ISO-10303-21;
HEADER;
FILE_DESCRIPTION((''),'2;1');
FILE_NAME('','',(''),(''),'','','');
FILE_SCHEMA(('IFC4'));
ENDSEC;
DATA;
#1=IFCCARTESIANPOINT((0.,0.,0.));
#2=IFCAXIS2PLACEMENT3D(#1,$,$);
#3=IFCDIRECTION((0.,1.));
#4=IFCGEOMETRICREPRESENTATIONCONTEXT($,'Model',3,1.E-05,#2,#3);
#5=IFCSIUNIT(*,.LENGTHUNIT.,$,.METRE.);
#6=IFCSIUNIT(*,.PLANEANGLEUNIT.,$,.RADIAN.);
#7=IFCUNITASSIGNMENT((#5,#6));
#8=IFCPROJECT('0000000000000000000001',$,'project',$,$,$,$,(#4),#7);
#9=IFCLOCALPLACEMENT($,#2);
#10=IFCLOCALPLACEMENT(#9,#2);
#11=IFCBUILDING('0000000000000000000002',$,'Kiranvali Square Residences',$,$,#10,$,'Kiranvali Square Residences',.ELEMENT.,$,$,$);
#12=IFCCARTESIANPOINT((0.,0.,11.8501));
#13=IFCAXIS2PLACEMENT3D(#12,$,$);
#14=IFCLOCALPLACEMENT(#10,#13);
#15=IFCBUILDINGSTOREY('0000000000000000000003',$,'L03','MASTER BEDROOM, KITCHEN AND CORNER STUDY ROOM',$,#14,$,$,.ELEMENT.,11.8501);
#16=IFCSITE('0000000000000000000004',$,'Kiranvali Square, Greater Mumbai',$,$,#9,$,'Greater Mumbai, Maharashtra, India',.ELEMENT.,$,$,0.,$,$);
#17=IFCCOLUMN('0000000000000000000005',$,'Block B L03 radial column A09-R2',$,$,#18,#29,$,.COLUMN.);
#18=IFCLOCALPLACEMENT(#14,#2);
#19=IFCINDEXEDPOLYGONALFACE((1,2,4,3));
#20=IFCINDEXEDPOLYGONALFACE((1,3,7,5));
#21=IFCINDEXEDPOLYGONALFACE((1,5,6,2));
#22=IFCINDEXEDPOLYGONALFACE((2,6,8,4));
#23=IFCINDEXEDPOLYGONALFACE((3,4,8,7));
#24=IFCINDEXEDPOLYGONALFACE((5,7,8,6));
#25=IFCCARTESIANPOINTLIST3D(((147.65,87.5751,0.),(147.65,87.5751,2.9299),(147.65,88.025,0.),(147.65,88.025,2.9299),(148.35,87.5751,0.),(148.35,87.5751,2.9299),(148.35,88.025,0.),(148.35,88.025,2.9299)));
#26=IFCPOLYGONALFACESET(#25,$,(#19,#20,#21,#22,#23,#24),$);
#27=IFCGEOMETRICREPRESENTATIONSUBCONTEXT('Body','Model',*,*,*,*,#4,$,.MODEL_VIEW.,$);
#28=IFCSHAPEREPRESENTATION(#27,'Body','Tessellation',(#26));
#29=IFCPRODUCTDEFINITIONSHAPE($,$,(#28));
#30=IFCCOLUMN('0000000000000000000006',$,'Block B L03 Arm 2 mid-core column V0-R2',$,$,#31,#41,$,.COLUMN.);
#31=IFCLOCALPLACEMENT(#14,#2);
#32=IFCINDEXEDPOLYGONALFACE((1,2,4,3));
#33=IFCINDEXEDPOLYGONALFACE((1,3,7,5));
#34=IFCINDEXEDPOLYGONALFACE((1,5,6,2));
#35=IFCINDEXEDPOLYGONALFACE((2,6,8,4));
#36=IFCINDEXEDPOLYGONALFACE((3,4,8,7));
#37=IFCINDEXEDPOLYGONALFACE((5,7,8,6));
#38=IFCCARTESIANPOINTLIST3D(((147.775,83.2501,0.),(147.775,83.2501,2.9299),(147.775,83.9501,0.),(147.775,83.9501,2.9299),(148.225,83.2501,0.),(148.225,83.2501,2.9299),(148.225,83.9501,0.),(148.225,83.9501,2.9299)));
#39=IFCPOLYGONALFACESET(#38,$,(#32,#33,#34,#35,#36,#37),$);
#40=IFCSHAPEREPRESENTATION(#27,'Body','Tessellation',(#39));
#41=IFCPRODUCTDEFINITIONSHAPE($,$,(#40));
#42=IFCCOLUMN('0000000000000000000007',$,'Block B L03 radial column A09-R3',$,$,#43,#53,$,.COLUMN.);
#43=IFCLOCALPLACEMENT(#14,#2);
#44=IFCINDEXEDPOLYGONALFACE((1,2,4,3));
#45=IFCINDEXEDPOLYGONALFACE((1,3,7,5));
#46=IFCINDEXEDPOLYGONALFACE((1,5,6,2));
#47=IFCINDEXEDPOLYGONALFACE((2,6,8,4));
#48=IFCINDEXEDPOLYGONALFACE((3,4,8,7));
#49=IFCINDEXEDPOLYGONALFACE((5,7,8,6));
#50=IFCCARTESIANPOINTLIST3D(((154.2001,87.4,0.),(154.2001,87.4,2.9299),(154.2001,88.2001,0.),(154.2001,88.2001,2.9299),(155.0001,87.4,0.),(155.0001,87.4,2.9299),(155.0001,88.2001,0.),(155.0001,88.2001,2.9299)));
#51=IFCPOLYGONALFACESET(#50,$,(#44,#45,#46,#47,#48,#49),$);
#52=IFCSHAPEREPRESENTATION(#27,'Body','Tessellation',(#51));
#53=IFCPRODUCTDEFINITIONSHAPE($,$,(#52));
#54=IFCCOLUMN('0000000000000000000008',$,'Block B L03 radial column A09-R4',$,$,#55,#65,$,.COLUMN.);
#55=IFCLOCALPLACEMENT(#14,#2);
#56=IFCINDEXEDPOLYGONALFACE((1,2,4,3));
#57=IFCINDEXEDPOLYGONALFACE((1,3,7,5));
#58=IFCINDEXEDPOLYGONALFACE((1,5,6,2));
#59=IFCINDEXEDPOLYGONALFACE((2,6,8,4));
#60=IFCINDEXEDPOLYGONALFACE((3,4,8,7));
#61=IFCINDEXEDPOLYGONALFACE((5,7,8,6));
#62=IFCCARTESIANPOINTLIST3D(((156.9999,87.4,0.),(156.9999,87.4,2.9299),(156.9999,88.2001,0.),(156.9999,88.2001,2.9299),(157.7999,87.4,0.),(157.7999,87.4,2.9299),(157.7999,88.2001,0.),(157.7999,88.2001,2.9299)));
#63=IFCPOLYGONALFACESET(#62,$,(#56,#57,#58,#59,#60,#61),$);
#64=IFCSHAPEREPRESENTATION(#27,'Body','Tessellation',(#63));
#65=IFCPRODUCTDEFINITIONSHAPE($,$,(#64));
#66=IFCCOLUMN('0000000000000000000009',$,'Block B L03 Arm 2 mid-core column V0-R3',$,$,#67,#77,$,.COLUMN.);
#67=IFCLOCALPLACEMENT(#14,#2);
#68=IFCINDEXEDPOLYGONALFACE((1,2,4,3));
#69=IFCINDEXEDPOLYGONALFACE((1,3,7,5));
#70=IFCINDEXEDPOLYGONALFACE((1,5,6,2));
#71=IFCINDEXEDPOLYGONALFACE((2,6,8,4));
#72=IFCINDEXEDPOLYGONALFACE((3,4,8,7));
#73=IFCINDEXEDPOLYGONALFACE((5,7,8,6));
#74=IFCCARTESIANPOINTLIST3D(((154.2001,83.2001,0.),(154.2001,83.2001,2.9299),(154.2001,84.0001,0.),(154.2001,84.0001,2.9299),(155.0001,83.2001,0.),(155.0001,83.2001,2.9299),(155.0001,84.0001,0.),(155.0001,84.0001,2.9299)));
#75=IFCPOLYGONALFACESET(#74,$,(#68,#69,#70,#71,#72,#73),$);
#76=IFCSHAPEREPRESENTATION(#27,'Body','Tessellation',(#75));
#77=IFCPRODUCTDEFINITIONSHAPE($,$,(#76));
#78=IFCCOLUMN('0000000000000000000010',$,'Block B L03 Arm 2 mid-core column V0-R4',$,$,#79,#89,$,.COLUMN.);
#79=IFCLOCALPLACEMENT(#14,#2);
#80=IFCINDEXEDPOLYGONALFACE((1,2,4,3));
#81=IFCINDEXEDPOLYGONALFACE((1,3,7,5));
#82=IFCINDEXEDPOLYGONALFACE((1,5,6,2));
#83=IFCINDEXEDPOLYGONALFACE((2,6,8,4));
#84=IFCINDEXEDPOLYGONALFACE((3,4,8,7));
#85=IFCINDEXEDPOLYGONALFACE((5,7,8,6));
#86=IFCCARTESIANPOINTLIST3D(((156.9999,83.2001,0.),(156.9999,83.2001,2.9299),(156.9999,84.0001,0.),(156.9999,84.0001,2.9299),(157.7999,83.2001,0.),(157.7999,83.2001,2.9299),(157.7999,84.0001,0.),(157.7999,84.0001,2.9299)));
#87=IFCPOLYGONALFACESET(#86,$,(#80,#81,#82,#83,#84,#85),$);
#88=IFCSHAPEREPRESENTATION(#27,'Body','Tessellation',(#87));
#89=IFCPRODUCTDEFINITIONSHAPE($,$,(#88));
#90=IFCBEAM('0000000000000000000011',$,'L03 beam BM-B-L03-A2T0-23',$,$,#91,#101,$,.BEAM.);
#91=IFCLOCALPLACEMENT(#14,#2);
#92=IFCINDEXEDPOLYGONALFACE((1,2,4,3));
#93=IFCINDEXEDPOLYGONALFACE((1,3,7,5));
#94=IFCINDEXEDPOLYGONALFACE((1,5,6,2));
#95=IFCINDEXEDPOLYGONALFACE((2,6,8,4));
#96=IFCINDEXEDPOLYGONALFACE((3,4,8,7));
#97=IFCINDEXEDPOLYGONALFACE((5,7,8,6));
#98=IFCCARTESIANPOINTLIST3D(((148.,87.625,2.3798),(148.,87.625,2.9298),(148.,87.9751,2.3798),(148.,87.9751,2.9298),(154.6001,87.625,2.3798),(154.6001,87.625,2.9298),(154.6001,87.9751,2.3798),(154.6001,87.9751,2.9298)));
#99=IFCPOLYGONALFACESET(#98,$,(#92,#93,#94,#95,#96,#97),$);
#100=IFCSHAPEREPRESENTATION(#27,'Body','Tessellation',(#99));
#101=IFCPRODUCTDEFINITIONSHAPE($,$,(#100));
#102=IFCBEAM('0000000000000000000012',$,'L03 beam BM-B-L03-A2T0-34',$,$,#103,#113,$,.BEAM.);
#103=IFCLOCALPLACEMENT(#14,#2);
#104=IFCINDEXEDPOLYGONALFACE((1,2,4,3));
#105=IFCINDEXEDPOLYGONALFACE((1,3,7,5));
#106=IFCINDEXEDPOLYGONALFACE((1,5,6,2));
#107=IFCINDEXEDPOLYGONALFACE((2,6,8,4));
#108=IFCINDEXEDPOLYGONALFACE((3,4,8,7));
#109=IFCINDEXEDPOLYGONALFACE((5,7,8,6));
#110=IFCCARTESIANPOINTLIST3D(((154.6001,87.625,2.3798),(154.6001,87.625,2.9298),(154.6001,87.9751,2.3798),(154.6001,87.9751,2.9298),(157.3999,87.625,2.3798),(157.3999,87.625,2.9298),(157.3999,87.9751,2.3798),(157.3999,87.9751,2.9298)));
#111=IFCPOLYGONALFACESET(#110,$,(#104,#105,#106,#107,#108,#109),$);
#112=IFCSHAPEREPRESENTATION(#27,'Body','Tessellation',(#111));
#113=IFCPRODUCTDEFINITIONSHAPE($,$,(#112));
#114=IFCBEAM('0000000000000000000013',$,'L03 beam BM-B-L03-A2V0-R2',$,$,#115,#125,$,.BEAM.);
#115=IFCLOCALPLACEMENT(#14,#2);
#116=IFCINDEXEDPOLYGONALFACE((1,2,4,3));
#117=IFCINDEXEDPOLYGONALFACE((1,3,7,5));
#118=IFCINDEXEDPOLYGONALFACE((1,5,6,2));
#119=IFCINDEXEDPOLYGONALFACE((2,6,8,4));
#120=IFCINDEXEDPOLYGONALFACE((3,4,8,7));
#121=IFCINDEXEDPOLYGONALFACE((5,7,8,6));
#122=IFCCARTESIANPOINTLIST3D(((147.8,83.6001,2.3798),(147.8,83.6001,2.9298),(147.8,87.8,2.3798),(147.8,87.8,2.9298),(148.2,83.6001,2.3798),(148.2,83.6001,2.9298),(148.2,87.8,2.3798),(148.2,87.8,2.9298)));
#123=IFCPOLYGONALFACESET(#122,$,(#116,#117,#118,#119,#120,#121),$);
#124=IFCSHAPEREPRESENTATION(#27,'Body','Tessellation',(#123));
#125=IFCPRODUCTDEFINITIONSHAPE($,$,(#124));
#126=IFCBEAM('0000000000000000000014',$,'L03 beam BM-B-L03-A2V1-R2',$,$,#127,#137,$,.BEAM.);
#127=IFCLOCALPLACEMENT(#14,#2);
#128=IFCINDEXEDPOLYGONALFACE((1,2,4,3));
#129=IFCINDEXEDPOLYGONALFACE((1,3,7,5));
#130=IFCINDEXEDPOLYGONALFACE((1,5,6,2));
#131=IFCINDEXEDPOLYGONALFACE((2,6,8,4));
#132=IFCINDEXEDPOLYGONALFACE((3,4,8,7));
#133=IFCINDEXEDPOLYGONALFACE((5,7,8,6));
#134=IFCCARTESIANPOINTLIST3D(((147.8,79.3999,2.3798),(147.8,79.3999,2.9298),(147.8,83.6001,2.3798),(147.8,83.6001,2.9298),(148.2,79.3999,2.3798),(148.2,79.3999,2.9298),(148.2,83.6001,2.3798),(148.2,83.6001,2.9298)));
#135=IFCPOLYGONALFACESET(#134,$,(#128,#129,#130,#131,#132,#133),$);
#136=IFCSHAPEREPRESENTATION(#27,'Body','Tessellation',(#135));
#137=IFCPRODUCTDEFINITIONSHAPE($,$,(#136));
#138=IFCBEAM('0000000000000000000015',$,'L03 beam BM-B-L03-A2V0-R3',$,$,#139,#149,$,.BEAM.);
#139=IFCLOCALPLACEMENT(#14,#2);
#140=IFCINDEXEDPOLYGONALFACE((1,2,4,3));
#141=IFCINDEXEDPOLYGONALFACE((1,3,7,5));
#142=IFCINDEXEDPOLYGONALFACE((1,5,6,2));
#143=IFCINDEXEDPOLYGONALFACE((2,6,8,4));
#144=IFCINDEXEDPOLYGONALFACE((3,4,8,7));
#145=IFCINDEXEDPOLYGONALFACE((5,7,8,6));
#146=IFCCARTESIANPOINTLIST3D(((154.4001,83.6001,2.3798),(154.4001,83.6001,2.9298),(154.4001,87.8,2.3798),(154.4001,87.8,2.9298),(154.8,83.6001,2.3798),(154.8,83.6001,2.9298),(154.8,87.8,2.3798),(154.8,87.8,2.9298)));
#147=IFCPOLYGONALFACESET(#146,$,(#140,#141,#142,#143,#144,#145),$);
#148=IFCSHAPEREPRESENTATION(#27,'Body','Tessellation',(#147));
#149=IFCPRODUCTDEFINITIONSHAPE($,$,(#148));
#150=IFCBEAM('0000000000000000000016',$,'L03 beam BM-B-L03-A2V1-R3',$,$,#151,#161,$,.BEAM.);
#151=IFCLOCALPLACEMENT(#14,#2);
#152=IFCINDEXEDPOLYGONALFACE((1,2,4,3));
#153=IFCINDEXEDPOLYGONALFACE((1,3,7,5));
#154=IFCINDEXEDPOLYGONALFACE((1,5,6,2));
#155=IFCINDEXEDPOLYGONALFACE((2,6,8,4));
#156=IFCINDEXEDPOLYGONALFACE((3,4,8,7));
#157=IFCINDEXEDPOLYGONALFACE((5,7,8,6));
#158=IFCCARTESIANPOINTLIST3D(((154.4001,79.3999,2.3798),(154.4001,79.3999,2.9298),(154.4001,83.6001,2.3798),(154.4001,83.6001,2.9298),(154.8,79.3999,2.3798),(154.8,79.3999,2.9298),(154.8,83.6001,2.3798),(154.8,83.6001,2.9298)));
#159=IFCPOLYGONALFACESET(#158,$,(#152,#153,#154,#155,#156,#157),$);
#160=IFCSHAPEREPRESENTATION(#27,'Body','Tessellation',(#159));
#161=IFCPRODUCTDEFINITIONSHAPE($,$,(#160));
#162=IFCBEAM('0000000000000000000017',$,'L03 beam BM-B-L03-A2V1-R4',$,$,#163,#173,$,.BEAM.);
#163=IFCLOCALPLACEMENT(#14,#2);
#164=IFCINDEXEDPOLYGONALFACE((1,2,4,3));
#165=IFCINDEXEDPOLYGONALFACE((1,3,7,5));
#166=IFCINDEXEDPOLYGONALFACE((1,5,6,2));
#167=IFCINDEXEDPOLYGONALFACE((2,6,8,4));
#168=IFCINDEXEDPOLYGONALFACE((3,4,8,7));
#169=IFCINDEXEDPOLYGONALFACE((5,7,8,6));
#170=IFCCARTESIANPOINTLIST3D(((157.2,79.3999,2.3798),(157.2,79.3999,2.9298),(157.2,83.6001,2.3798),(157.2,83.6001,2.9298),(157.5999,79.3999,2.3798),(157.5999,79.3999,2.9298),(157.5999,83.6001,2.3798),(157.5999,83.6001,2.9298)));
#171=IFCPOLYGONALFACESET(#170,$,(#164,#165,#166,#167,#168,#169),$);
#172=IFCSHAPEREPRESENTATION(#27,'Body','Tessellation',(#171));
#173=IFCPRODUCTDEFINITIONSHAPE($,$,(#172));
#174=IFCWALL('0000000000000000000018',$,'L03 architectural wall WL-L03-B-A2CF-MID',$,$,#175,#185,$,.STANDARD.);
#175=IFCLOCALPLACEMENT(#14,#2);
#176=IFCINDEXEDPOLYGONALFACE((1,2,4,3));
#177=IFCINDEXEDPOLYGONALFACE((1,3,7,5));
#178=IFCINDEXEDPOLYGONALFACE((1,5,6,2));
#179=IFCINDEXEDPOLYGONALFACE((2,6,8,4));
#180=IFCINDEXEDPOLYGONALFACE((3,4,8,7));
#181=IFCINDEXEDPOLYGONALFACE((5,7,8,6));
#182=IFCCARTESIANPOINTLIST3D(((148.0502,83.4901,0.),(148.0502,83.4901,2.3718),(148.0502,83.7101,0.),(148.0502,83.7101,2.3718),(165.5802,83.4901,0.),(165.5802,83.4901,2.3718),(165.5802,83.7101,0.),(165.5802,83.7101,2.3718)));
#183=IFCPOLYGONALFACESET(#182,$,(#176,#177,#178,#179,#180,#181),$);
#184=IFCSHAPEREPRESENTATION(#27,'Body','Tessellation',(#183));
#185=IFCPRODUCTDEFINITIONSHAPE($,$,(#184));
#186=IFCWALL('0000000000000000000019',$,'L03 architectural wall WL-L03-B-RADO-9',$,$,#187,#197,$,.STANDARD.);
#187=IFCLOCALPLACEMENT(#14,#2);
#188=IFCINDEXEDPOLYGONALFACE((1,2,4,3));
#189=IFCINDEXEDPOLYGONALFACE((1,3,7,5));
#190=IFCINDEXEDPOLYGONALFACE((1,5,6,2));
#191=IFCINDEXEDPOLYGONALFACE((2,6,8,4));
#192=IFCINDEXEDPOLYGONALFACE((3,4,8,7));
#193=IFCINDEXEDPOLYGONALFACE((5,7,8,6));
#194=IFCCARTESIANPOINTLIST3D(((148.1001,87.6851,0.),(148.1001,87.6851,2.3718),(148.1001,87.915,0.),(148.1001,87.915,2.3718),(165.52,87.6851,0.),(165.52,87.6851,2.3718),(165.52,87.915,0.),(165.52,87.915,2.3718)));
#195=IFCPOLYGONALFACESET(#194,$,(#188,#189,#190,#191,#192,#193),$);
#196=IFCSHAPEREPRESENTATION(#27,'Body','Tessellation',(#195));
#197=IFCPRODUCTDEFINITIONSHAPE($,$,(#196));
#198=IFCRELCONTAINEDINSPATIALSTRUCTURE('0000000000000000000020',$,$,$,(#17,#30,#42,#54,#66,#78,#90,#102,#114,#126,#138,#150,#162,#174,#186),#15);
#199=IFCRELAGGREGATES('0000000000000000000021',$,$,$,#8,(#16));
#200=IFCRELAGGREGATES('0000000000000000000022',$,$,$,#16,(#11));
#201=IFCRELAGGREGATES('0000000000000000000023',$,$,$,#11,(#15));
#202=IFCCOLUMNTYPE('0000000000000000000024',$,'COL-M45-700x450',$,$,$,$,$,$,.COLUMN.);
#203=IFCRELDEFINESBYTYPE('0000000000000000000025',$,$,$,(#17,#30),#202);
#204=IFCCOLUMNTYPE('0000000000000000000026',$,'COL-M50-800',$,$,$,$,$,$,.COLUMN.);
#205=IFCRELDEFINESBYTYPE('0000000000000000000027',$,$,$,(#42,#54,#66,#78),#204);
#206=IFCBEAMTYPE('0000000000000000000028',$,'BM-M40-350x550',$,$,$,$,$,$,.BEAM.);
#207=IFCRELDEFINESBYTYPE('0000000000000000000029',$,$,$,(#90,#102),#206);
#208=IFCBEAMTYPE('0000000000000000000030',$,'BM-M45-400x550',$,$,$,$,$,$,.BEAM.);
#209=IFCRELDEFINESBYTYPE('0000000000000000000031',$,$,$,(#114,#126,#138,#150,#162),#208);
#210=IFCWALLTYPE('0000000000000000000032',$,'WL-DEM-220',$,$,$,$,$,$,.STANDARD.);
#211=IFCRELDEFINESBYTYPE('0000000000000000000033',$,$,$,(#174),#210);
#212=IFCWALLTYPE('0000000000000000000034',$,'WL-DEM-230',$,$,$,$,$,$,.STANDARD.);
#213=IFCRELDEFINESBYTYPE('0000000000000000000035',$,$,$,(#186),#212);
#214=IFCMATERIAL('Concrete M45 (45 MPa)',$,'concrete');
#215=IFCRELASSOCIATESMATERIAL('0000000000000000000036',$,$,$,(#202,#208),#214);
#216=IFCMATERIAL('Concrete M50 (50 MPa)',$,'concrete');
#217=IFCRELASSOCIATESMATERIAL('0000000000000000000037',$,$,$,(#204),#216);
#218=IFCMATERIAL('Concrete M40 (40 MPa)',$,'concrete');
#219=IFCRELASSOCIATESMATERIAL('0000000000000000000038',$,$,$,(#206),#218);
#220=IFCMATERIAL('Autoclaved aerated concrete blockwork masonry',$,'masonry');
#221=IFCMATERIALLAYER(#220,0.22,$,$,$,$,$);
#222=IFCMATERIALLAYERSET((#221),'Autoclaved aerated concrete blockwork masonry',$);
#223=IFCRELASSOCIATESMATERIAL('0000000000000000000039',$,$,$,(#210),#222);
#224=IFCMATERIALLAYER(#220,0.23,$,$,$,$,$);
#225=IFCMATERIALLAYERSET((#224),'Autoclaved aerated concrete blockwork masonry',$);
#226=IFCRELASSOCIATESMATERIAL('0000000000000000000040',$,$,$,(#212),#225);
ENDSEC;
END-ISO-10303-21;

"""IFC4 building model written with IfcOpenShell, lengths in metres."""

from ifc_helpers import new_model, si_unit, direction, frame, frame_2d, origin, origin_2d, place, context, subcontext, project, spatial, rectangle, extrude, material, layer, layer_set, material_profile, profile_set, type_object, element, save


model = new_model("IFC4")

# Units and contexts
model_context = context("Model", 3, precision=1e-05, world=origin(), true_north=direction((0.0, 1.0)))
body_context = subcontext(model_context, "Body", "Model", "MODEL_VIEW")
ifc_project = project(units=[si_unit("LENGTHUNIT", "METRE"), si_unit("PLANEANGLEUNIT", "RADIAN")], contexts=[model_context])

# Site, building, storey
site_placement = place(None, origin())
site = spatial("IfcSite", under=ifc_project, at=site_placement, Name="Kiranvali Square, Greater Mumbai", LongName="Greater Mumbai, Maharashtra, India", CompositionType="ELEMENT", RefElevation=0.0)
building_placement = place(site_placement, origin())
building = spatial("IfcBuilding", under=site, at=building_placement, Name="Kiranvali Square Residences", LongName="Kiranvali Square Residences", CompositionType="ELEMENT")
storey_placement = place(building_placement, frame((0.0, 0.0, 11.8501)))
storey = spatial("IfcBuildingStorey", under=building, at=storey_placement, Name="L03", Description="MASTER BEDROOM, KITCHEN AND CORNER STUDY ROOM", CompositionType="ELEMENT", Elevation=11.8501)

# Columns
ifc_material_1 = material(Name="Concrete M45 (45 MPa)", Category="concrete")
ifc_material_profile_1 = material_profile(ifc_material_1, rectangle(XDim=0.45, YDim=0.7, at=origin_2d()), Name="RC 700x450")
ifc_profile_set_1 = profile_set([ifc_material_profile_1], Name="Concrete M45 (45 MPa)")
column_type_1 = type_object("IfcColumnType", Name="COL-M45-700x450", PredefinedType="COLUMN", material=ifc_profile_set_1)
for number, where, z_axis, x_axis, name in (
    (1, (148.0, 87.8, 0.0), (0.0, 0.0, 1.0), (0.0, 1.0, 0.0), "Block B L03 radial column A09-R2"),
    (2, (148.0, 83.6001, 0.0), (0.0, 0.0, 1.0), (1.0, 0.0, 0.0), "Block B L03 Arm 2 mid-core column V0-R2"),
):
    element("IfcColumn", number, at=place(storey_placement, frame(where, z_axis=z_axis, x_axis=x_axis)), inside=storey, type_object=column_type_1, Name=name, PredefinedType="COLUMN", context=body_context, shape_type="SweptSolid", body=[
        extrude(rectangle(XDim=0.45, YDim=0.7, at=origin_2d()), origin(), (0.0, 0.0, 1.0), 2.9299),
    ])
ifc_material_2 = material(Name="Concrete M50 (50 MPa)", Category="concrete")
ifc_material_profile_2 = material_profile(ifc_material_2, rectangle(XDim=0.8, YDim=0.8, at=origin_2d()), Name="RC 800x800")
ifc_profile_set_2 = profile_set([ifc_material_profile_2], Name="Concrete M50 (50 MPa)")
column_type_2 = type_object("IfcColumnType", Name="COL-M50-800", PredefinedType="COLUMN", material=ifc_profile_set_2)
for number, where, z_axis, x_axis, name in (
    (3, (154.6001, 87.8, 0.0), (0.0, 0.0, 1.0), (0.0, 1.0, 0.0), "Block B L03 radial column A09-R3"),
    (4, (157.3999, 87.8, 0.0), (0.0, 0.0, 1.0), (0.0, 1.0, 0.0), "Block B L03 radial column A09-R4"),
    (5, (154.6001, 83.6001, 0.0), (0.0, 0.0, 1.0), (1.0, 0.0, 0.0), "Block B L03 Arm 2 mid-core column V0-R3"),
    (6, (157.3999, 83.6001, 0.0), (0.0, 0.0, 1.0), (1.0, 0.0, 0.0), "Block B L03 Arm 2 mid-core column V0-R4"),
):
    element("IfcColumn", number, at=place(storey_placement, frame(where, z_axis=z_axis, x_axis=x_axis)), inside=storey, type_object=column_type_2, Name=name, PredefinedType="COLUMN", context=body_context, shape_type="SweptSolid", body=[
        extrude(rectangle(XDim=0.8, YDim=0.8, at=origin_2d()), origin(), (0.0, 0.0, 1.0), 2.9299),
    ])

# Beams
ifc_material_3 = material(Name="Concrete M40 (40 MPa)", Category="concrete")
ifc_material_profile_3 = material_profile(ifc_material_3, rectangle(XDim=0.3501, YDim=0.55, at=origin_2d()), Name="RC 350x550")
ifc_profile_set_3 = profile_set([ifc_material_profile_3], Name="Concrete M40 (40 MPa)")
beam_type_1 = type_object("IfcBeamType", Name="BM-M40-350x550", PredefinedType="BEAM", material=ifc_profile_set_3)
beam_1_placement = place(storey_placement, frame((148.0, 87.8, 2.6548), z_axis=(1.0, 0.0, 0.0), x_axis=(0.0, 1.0, 0.0)))
element("IfcBeam", 7, at=beam_1_placement, inside=storey, type_object=beam_type_1, Name="L03 beam BM-B-L03-A2T0-23", PredefinedType="BEAM", context=body_context, shape_type="SweptSolid", body=[
    extrude(rectangle(XDim=0.3501, YDim=0.55, at=origin_2d()), origin(), (0.0, 0.0, 1.0), 6.6001),
])
beam_2_placement = place(storey_placement, frame((154.6001, 87.8, 2.6548), z_axis=(1.0, 0.0, 0.0), x_axis=(0.0, 1.0, 0.0)))
element("IfcBeam", 8, at=beam_2_placement, inside=storey, type_object=beam_type_1, Name="L03 beam BM-B-L03-A2T0-34", PredefinedType="BEAM", context=body_context, shape_type="SweptSolid", body=[
    extrude(rectangle(XDim=0.3501, YDim=0.55, at=origin_2d()), origin(), (0.0, 0.0, 1.0), 2.7998),
])
ifc_material_profile_4 = material_profile(ifc_material_1, rectangle(XDim=0.3999, YDim=0.55, at=origin_2d()), Name="RC 400x550")
ifc_profile_set_4 = profile_set([ifc_material_profile_4], Name="Concrete M45 (45 MPa)")
beam_type_2 = type_object("IfcBeamType", Name="BM-M45-400x550", PredefinedType="BEAM", material=ifc_profile_set_4)
beam_3_placement = place(storey_placement, frame((148.0, 87.8, 2.6548), z_axis=(0.0, -1.0, 0.0), x_axis=(1.0, 0.0, 0.0)))
element("IfcBeam", 9, at=beam_3_placement, inside=storey, type_object=beam_type_2, Name="L03 beam BM-B-L03-A2V0-R2", PredefinedType="BEAM", context=body_context, shape_type="SweptSolid", body=[
    extrude(rectangle(XDim=0.3999, YDim=0.55, at=origin_2d()), origin(), (0.0, 0.0, 1.0), 4.2),
])
beam_4_placement = place(storey_placement, frame((148.0, 83.6001, 2.6548), z_axis=(0.0, -1.0, 0.0), x_axis=(1.0, 0.0, 0.0)))
element("IfcBeam", 10, at=beam_4_placement, inside=storey, type_object=beam_type_2, Name="L03 beam BM-B-L03-A2V1-R2", PredefinedType="BEAM", context=body_context, shape_type="SweptSolid", body=[
    extrude(rectangle(XDim=0.3999, YDim=0.55, at=origin_2d()), origin(), (0.0, 0.0, 1.0), 4.2002),
])
beam_5_placement = place(storey_placement, frame((154.6001, 87.8, 2.6548), z_axis=(0.0, -1.0, 0.0), x_axis=(1.0, 0.0, 0.0)))
element("IfcBeam", 11, at=beam_5_placement, inside=storey, type_object=beam_type_2, Name="L03 beam BM-B-L03-A2V0-R3", PredefinedType="BEAM", context=body_context, shape_type="SweptSolid", body=[
    extrude(rectangle(XDim=0.3999, YDim=0.55, at=origin_2d()), origin(), (0.0, 0.0, 1.0), 4.2),
])
for number, where, z_axis, x_axis, name in (
    (12, (154.6001, 83.6001, 2.6548), (0.0, -1.0, 0.0), (1.0, 0.0, 0.0), "L03 beam BM-B-L03-A2V1-R3"),
    (13, (157.3999, 83.6001, 2.6548), (0.0, -1.0, 0.0), (1.0, 0.0, 0.0), "L03 beam BM-B-L03-A2V1-R4"),
):
    element("IfcBeam", number, at=place(storey_placement, frame(where, z_axis=z_axis, x_axis=x_axis)), inside=storey, type_object=beam_type_2, Name=name, PredefinedType="BEAM", context=body_context, shape_type="SweptSolid", body=[
        extrude(rectangle(XDim=0.3999, YDim=0.55, at=origin_2d()), origin(), (0.0, 0.0, 1.0), 4.2002),
    ])

# Shared definitions
ifc_material_4 = material(Name="Autoclaved aerated concrete blockwork masonry", Category="masonry")

# Walls
ifc_layer_1 = layer(ifc_material_4, 0.22)
ifc_layer_set_1 = layer_set([ifc_layer_1], Name="Autoclaved aerated concrete blockwork masonry")
wall_type_1 = type_object("IfcWallType", Name="WL-DEM-220", PredefinedType="STANDARD", material=ifc_layer_set_1)
wall_1_placement = place(storey_placement, frame((148.05, 83.6001, 0.0), z_axis=(0.0, 0.0, 1.0), x_axis=(1.0, 0.0, 0.0)))
element("IfcWall", 14, at=wall_1_placement, inside=storey, type_object=wall_type_1, Name="L03 architectural wall WL-L03-B-A2CF-MID", PredefinedType="STANDARD", context=body_context, shape_type="SweptSolid", body=[
    extrude(rectangle(XDim=17.53, YDim=0.22, at=frame_2d((8.7651, 0.0))), origin(), (0.0, 0.0, 1.0), 2.3718),
])
ifc_layer_2 = layer(ifc_material_4, 0.23)
ifc_layer_set_2 = layer_set([ifc_layer_2], Name="Autoclaved aerated concrete blockwork masonry")
wall_type_2 = type_object("IfcWallType", Name="WL-DEM-230", PredefinedType="STANDARD", material=ifc_layer_set_2)
wall_2_placement = place(storey_placement, frame((148.1001, 87.8, 0.0), z_axis=(0.0, 0.0, 1.0), x_axis=(1.0, 0.0, 0.0)))
element("IfcWall", 15, at=wall_2_placement, inside=storey, type_object=wall_type_2, Name="L03 architectural wall WL-L03-B-RADO-9", PredefinedType="STANDARD", context=body_context, shape_type="SweptSolid", body=[
    extrude(rectangle(XDim=17.4199, YDim=0.23, at=frame_2d((8.71, 0.0))), origin(), (0.0, 0.0, 1.0), 2.3718),
])

save(model, "model.ifc")
